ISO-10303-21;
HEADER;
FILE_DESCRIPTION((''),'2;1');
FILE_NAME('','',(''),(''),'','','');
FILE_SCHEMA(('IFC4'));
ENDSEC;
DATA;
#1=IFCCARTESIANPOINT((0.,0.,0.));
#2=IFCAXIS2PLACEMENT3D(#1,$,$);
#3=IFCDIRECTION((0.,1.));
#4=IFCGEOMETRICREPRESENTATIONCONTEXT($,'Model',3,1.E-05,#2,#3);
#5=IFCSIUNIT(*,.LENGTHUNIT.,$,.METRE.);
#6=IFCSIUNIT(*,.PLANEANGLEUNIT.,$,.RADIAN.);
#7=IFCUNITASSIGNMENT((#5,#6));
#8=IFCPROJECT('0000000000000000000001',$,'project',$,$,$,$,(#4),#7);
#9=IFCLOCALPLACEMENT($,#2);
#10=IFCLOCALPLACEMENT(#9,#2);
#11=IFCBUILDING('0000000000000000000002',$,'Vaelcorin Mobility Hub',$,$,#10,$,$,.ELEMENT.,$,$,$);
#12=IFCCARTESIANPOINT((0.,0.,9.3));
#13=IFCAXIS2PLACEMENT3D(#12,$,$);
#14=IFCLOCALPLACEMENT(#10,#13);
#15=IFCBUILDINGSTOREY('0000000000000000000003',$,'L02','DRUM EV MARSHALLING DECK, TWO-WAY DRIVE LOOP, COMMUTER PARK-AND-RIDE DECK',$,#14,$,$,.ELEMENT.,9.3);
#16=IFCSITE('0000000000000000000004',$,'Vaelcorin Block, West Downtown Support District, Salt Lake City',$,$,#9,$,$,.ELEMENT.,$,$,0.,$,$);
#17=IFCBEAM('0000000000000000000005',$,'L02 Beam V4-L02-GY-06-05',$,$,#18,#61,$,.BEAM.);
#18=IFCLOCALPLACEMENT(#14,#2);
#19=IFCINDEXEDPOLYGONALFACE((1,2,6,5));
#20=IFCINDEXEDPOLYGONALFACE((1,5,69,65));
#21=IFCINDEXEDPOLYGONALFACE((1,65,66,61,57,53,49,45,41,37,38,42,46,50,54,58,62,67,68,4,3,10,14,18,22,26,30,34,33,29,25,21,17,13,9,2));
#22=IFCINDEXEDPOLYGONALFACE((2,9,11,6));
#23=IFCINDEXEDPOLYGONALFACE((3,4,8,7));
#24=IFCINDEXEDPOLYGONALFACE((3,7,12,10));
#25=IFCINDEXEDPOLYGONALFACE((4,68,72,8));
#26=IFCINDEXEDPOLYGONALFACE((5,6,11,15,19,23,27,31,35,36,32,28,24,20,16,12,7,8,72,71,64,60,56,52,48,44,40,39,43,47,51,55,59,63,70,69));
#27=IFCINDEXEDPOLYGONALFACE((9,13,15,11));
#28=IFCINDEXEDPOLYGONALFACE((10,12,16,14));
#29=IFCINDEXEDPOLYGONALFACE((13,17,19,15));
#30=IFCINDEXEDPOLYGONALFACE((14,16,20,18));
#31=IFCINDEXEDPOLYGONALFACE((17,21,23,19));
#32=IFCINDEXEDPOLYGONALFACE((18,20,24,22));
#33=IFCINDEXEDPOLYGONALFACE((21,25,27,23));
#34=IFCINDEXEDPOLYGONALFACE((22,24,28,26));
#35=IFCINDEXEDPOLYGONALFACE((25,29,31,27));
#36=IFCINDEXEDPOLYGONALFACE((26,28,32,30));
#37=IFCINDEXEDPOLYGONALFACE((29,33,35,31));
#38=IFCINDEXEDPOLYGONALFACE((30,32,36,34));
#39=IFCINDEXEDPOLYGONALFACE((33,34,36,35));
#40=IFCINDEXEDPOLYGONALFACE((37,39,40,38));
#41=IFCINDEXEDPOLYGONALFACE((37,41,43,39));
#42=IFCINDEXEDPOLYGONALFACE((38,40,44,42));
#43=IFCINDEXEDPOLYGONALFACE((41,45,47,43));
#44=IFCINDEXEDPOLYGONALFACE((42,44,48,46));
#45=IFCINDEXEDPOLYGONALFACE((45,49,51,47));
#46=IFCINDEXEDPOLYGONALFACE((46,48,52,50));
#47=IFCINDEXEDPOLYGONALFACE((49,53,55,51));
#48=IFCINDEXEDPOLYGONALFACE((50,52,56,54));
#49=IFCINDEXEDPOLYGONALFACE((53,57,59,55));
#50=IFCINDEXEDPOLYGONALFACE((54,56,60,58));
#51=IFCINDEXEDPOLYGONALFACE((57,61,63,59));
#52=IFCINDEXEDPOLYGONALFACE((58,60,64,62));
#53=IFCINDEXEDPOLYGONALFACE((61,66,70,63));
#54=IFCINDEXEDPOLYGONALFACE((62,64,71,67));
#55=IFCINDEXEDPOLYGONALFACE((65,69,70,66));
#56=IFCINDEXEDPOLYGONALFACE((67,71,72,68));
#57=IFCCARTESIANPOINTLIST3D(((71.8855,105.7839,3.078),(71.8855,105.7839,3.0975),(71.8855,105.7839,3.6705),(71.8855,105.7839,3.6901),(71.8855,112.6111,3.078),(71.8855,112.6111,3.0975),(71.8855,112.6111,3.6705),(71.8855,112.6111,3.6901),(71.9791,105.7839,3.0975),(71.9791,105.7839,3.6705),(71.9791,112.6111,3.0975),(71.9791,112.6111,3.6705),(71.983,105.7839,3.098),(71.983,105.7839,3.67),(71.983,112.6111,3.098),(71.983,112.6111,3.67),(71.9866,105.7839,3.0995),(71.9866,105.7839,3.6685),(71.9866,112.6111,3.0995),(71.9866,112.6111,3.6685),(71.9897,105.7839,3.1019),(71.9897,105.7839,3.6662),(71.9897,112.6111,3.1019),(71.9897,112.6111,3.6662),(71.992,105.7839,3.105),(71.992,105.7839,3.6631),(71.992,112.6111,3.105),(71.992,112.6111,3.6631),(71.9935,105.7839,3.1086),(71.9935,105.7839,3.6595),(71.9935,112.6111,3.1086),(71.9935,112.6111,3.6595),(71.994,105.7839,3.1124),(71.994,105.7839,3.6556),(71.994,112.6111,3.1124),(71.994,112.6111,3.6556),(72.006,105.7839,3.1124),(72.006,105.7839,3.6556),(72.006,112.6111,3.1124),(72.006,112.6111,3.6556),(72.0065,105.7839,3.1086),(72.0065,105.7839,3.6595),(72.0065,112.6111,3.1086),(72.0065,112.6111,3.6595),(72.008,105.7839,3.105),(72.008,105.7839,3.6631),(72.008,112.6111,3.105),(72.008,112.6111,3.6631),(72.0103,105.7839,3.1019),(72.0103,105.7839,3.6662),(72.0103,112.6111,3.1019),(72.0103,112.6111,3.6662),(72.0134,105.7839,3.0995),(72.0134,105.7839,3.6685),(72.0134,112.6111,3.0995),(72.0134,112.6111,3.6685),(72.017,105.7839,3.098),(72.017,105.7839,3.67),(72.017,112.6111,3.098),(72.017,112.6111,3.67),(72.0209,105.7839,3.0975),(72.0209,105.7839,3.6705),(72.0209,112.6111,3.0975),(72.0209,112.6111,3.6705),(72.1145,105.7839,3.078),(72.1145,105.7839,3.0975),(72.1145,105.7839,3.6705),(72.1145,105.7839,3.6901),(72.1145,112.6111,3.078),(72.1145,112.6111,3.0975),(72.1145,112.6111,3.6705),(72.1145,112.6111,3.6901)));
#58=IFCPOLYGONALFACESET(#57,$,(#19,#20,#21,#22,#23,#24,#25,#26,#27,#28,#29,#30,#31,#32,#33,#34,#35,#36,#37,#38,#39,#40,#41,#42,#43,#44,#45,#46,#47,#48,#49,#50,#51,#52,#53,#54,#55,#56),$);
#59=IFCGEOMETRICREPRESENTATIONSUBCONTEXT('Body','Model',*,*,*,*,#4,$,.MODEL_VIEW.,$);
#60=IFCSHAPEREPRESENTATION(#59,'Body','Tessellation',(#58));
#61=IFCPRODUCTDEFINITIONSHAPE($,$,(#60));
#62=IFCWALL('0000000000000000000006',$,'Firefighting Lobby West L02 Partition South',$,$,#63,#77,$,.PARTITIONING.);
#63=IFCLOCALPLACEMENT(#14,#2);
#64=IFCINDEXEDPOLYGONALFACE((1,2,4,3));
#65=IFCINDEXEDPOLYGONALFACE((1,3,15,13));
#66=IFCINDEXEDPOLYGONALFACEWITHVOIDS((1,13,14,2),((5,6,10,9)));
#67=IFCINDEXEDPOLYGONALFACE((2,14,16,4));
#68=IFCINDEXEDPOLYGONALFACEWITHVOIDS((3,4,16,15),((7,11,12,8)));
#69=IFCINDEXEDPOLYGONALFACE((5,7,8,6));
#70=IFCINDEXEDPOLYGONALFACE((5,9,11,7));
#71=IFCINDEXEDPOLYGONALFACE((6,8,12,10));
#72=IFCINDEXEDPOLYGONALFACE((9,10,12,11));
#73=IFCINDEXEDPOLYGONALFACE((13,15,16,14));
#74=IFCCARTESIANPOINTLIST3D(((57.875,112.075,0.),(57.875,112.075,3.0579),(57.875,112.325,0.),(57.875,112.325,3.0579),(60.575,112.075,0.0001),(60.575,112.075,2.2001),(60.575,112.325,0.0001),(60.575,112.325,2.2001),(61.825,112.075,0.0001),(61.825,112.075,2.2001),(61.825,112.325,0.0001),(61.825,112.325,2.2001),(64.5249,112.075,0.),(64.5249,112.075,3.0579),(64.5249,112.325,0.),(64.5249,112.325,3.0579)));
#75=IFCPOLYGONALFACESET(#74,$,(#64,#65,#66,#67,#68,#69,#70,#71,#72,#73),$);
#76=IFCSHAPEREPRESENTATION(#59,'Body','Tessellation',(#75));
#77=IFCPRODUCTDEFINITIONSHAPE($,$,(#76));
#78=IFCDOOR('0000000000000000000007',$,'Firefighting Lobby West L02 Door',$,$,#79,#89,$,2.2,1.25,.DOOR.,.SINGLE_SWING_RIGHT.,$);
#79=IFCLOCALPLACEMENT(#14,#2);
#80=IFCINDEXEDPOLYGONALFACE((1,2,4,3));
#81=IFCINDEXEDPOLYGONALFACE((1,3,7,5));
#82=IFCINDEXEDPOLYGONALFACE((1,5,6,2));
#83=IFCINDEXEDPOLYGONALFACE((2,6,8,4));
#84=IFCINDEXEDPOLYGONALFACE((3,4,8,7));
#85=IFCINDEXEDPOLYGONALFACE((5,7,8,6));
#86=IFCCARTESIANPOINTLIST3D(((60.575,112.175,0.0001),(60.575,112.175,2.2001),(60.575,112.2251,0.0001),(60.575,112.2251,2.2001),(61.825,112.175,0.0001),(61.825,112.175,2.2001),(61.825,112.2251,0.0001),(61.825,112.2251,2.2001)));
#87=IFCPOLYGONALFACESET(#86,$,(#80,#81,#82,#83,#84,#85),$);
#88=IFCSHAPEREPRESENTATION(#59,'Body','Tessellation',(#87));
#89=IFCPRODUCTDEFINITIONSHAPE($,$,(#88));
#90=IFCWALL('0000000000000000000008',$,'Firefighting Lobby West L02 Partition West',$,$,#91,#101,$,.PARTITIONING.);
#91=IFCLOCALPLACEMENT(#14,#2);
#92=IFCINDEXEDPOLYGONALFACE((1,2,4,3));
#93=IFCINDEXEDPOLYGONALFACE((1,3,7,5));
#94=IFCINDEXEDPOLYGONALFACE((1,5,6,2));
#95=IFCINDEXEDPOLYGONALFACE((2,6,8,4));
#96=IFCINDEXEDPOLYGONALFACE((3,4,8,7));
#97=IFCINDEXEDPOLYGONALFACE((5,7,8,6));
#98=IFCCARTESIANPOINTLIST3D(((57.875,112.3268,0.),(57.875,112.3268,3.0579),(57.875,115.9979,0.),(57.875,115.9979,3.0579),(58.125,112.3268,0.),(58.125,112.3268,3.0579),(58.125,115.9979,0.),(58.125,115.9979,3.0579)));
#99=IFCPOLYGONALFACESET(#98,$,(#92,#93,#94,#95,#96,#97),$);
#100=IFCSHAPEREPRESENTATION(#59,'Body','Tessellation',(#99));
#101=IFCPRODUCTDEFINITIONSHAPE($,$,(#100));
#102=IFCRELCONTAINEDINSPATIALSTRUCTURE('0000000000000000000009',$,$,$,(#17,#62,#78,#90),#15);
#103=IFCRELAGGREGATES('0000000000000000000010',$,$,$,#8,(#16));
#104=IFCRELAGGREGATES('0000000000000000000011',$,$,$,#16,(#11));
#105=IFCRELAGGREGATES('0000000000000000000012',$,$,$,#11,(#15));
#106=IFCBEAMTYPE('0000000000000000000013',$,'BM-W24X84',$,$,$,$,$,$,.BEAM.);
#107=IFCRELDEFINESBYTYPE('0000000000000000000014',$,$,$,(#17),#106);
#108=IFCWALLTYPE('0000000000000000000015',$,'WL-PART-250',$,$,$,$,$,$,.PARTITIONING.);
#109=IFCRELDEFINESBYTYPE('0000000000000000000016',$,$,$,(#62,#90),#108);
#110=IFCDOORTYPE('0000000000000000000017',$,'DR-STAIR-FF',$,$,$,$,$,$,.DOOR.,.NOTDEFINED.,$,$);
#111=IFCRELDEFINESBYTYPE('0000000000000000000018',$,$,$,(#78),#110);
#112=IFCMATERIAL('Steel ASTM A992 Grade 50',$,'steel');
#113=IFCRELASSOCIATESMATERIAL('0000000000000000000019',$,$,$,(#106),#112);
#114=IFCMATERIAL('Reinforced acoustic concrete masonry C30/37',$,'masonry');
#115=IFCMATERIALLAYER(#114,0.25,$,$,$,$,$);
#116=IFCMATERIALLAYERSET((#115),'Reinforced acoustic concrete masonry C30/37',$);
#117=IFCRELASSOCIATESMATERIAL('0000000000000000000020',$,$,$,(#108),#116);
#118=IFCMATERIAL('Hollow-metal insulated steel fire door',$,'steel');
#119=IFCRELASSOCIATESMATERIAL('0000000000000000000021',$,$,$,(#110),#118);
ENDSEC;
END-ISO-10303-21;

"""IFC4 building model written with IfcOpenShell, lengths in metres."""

from ifc_helpers import new_model, si_unit, direction, frame, frame_2d, origin, origin_2d, place, context, subcontext, project, spatial, rectangle, i_section, extrude, material, layer, layer_set, material_profile, profile_set, type_object, element, fill, save


model = new_model("IFC4")

# Units and contexts
model_context = context("Model", 3, precision=1e-05, world=origin(), true_north=direction((0.0, 1.0)))
body_context = subcontext(model_context, "Body", "Model", "MODEL_VIEW")
ifc_project = project(units=[si_unit("LENGTHUNIT", "METRE"), si_unit("PLANEANGLEUNIT", "RADIAN")], contexts=[model_context])

# Site, building, storey
site_placement = place(None, origin())
site = spatial("IfcSite", under=ifc_project, at=site_placement, Name="Vaelcorin Block, West Downtown Support District, Salt Lake City", CompositionType="ELEMENT", RefElevation=0.0)
building_placement = place(site_placement, origin())
building = spatial("IfcBuilding", under=site, at=building_placement, Name="Vaelcorin Mobility Hub", CompositionType="ELEMENT")
storey_placement = place(building_placement, frame((0.0, 0.0, 9.3)))
storey = spatial("IfcBuildingStorey", under=building, at=storey_placement, Name="L02", Description="DRUM EV MARSHALLING DECK, TWO-WAY DRIVE LOOP, COMMUTER PARK-AND-RIDE DECK", CompositionType="ELEMENT", Elevation=9.3)

# Shared definitions
ifc_material_1 = material(Name="Steel ASTM A992 Grade 50", Category="steel")

# Beam
ifc_material_profile_1 = material_profile(ifc_material_1, i_section(OverallWidth=0.229, OverallDepth=0.6121, WebThickness=0.012, FlangeThickness=0.0195, FilletRadius=0.0149, at=origin_2d()), Name="W24X84")
ifc_profile_set_1 = profile_set([ifc_material_profile_1], Name="Steel ASTM A992 Grade 50")
beam_type_1 = type_object("IfcBeamType", Name="BM-W24X84", PredefinedType="BEAM", material=ifc_profile_set_1)
beam_1_placement = place(storey_placement, frame((72.0, 105.7839, 3.384), z_axis=(0.0, 1.0, 0.0), x_axis=(-1.0, 0.0, 0.0)))
element("IfcBeam", 1, at=beam_1_placement, inside=storey, type_object=beam_type_1, Name="L02 Beam V4-L02-GY-06-05", PredefinedType="BEAM", context=body_context, shape_type="SweptSolid", body=[
    extrude(i_section(OverallWidth=0.229, OverallDepth=0.6121, WebThickness=0.012, FlangeThickness=0.0195, FilletRadius=0.0149, at=origin_2d()), origin(), (0.0, 0.0, 1.0), 6.8271),
])

# Wall, opening, door
ifc_material_2 = material(Name="Reinforced acoustic concrete masonry C30/37", Category="masonry")
ifc_layer_1 = layer(ifc_material_2, 0.25)
ifc_layer_set_1 = layer_set([ifc_layer_1], Name="Reinforced acoustic concrete masonry C30/37")
wall_type = type_object("IfcWallType", Name="WL-PART-250", PredefinedType="PARTITIONING", material=ifc_layer_set_1)
wall_1_placement = place(storey_placement, frame((64.5249, 112.2, 0.0), z_axis=(0.0, 0.0, 1.0), x_axis=(-1.0, 0.0, 0.0)))
wall_1 = element("IfcWall", 2, at=wall_1_placement, inside=storey, type_object=wall_type, Name="Firefighting Lobby West L02 Partition South", PredefinedType="PARTITIONING", context=body_context, shape_type="SweptSolid", body=[
    extrude(rectangle(XDim=6.6499, YDim=0.25, at=frame_2d((3.325, 0.0))), origin(), (0.0, 0.0, 1.0), 3.0579),
])
opening_placement = place(wall_1_placement, frame((2.7, 0.0, 0.0)))
opening = element("IfcOpeningElement", 3, at=opening_placement, cuts=wall_1, PredefinedType="OPENING", context=body_context, shape_type="SweptSolid", body=[
    extrude(rectangle(XDim=1.25, YDim=2.2, at=frame_2d((0.625, 1.1001))), frame((0.0, 0.135, 0.0), z_axis=(0.0, -1.0, 0.0), x_axis=(1.0, 0.0, 0.0)), (0.0, 0.0, 1.0), 0.27),
])
ifc_material_3 = material(Name="Hollow-metal insulated steel fire door", Category="steel")
door_type = type_object("IfcDoorType", Name="DR-STAIR-FF", OperationType="NOTDEFINED", PredefinedType="DOOR", material=ifc_material_3)
door_placement = place(opening_placement, origin())
door = element("IfcDoor", 4, at=door_placement, inside=storey, type_object=door_type, Name="Firefighting Lobby West L02 Door", OperationType="SINGLE_SWING_RIGHT", OverallHeight=2.2, OverallWidth=1.25, PredefinedType="DOOR", context=body_context, shape_type="SweptSolid", body=[
    extrude(rectangle(XDim=1.25, YDim=2.2, at=frame_2d((0.625, 1.1001))), frame((0.0, 0.0249, 0.0), z_axis=(0.0, -1.0, 0.0), x_axis=(1.0, 0.0, 0.0)), (0.0, 0.0, 1.0), 0.05),
])
fill(opening, door)

# Wall
wall_2_placement = place(storey_placement, frame((58.0, 112.3269, 0.0), z_axis=(0.0, 0.0, 1.0), x_axis=(0.0, 1.0, 0.0)))
element("IfcWall", 5, at=wall_2_placement, inside=storey, type_object=wall_type, Name="Firefighting Lobby West L02 Partition West", PredefinedType="PARTITIONING", context=body_context, shape_type="SweptSolid", body=[
    extrude(rectangle(XDim=3.6711, YDim=0.25, at=frame_2d((1.8354, 0.0))), origin(), (0.0, 0.0, 1.0), 3.0579),
])

save(model, "model.ifc")
